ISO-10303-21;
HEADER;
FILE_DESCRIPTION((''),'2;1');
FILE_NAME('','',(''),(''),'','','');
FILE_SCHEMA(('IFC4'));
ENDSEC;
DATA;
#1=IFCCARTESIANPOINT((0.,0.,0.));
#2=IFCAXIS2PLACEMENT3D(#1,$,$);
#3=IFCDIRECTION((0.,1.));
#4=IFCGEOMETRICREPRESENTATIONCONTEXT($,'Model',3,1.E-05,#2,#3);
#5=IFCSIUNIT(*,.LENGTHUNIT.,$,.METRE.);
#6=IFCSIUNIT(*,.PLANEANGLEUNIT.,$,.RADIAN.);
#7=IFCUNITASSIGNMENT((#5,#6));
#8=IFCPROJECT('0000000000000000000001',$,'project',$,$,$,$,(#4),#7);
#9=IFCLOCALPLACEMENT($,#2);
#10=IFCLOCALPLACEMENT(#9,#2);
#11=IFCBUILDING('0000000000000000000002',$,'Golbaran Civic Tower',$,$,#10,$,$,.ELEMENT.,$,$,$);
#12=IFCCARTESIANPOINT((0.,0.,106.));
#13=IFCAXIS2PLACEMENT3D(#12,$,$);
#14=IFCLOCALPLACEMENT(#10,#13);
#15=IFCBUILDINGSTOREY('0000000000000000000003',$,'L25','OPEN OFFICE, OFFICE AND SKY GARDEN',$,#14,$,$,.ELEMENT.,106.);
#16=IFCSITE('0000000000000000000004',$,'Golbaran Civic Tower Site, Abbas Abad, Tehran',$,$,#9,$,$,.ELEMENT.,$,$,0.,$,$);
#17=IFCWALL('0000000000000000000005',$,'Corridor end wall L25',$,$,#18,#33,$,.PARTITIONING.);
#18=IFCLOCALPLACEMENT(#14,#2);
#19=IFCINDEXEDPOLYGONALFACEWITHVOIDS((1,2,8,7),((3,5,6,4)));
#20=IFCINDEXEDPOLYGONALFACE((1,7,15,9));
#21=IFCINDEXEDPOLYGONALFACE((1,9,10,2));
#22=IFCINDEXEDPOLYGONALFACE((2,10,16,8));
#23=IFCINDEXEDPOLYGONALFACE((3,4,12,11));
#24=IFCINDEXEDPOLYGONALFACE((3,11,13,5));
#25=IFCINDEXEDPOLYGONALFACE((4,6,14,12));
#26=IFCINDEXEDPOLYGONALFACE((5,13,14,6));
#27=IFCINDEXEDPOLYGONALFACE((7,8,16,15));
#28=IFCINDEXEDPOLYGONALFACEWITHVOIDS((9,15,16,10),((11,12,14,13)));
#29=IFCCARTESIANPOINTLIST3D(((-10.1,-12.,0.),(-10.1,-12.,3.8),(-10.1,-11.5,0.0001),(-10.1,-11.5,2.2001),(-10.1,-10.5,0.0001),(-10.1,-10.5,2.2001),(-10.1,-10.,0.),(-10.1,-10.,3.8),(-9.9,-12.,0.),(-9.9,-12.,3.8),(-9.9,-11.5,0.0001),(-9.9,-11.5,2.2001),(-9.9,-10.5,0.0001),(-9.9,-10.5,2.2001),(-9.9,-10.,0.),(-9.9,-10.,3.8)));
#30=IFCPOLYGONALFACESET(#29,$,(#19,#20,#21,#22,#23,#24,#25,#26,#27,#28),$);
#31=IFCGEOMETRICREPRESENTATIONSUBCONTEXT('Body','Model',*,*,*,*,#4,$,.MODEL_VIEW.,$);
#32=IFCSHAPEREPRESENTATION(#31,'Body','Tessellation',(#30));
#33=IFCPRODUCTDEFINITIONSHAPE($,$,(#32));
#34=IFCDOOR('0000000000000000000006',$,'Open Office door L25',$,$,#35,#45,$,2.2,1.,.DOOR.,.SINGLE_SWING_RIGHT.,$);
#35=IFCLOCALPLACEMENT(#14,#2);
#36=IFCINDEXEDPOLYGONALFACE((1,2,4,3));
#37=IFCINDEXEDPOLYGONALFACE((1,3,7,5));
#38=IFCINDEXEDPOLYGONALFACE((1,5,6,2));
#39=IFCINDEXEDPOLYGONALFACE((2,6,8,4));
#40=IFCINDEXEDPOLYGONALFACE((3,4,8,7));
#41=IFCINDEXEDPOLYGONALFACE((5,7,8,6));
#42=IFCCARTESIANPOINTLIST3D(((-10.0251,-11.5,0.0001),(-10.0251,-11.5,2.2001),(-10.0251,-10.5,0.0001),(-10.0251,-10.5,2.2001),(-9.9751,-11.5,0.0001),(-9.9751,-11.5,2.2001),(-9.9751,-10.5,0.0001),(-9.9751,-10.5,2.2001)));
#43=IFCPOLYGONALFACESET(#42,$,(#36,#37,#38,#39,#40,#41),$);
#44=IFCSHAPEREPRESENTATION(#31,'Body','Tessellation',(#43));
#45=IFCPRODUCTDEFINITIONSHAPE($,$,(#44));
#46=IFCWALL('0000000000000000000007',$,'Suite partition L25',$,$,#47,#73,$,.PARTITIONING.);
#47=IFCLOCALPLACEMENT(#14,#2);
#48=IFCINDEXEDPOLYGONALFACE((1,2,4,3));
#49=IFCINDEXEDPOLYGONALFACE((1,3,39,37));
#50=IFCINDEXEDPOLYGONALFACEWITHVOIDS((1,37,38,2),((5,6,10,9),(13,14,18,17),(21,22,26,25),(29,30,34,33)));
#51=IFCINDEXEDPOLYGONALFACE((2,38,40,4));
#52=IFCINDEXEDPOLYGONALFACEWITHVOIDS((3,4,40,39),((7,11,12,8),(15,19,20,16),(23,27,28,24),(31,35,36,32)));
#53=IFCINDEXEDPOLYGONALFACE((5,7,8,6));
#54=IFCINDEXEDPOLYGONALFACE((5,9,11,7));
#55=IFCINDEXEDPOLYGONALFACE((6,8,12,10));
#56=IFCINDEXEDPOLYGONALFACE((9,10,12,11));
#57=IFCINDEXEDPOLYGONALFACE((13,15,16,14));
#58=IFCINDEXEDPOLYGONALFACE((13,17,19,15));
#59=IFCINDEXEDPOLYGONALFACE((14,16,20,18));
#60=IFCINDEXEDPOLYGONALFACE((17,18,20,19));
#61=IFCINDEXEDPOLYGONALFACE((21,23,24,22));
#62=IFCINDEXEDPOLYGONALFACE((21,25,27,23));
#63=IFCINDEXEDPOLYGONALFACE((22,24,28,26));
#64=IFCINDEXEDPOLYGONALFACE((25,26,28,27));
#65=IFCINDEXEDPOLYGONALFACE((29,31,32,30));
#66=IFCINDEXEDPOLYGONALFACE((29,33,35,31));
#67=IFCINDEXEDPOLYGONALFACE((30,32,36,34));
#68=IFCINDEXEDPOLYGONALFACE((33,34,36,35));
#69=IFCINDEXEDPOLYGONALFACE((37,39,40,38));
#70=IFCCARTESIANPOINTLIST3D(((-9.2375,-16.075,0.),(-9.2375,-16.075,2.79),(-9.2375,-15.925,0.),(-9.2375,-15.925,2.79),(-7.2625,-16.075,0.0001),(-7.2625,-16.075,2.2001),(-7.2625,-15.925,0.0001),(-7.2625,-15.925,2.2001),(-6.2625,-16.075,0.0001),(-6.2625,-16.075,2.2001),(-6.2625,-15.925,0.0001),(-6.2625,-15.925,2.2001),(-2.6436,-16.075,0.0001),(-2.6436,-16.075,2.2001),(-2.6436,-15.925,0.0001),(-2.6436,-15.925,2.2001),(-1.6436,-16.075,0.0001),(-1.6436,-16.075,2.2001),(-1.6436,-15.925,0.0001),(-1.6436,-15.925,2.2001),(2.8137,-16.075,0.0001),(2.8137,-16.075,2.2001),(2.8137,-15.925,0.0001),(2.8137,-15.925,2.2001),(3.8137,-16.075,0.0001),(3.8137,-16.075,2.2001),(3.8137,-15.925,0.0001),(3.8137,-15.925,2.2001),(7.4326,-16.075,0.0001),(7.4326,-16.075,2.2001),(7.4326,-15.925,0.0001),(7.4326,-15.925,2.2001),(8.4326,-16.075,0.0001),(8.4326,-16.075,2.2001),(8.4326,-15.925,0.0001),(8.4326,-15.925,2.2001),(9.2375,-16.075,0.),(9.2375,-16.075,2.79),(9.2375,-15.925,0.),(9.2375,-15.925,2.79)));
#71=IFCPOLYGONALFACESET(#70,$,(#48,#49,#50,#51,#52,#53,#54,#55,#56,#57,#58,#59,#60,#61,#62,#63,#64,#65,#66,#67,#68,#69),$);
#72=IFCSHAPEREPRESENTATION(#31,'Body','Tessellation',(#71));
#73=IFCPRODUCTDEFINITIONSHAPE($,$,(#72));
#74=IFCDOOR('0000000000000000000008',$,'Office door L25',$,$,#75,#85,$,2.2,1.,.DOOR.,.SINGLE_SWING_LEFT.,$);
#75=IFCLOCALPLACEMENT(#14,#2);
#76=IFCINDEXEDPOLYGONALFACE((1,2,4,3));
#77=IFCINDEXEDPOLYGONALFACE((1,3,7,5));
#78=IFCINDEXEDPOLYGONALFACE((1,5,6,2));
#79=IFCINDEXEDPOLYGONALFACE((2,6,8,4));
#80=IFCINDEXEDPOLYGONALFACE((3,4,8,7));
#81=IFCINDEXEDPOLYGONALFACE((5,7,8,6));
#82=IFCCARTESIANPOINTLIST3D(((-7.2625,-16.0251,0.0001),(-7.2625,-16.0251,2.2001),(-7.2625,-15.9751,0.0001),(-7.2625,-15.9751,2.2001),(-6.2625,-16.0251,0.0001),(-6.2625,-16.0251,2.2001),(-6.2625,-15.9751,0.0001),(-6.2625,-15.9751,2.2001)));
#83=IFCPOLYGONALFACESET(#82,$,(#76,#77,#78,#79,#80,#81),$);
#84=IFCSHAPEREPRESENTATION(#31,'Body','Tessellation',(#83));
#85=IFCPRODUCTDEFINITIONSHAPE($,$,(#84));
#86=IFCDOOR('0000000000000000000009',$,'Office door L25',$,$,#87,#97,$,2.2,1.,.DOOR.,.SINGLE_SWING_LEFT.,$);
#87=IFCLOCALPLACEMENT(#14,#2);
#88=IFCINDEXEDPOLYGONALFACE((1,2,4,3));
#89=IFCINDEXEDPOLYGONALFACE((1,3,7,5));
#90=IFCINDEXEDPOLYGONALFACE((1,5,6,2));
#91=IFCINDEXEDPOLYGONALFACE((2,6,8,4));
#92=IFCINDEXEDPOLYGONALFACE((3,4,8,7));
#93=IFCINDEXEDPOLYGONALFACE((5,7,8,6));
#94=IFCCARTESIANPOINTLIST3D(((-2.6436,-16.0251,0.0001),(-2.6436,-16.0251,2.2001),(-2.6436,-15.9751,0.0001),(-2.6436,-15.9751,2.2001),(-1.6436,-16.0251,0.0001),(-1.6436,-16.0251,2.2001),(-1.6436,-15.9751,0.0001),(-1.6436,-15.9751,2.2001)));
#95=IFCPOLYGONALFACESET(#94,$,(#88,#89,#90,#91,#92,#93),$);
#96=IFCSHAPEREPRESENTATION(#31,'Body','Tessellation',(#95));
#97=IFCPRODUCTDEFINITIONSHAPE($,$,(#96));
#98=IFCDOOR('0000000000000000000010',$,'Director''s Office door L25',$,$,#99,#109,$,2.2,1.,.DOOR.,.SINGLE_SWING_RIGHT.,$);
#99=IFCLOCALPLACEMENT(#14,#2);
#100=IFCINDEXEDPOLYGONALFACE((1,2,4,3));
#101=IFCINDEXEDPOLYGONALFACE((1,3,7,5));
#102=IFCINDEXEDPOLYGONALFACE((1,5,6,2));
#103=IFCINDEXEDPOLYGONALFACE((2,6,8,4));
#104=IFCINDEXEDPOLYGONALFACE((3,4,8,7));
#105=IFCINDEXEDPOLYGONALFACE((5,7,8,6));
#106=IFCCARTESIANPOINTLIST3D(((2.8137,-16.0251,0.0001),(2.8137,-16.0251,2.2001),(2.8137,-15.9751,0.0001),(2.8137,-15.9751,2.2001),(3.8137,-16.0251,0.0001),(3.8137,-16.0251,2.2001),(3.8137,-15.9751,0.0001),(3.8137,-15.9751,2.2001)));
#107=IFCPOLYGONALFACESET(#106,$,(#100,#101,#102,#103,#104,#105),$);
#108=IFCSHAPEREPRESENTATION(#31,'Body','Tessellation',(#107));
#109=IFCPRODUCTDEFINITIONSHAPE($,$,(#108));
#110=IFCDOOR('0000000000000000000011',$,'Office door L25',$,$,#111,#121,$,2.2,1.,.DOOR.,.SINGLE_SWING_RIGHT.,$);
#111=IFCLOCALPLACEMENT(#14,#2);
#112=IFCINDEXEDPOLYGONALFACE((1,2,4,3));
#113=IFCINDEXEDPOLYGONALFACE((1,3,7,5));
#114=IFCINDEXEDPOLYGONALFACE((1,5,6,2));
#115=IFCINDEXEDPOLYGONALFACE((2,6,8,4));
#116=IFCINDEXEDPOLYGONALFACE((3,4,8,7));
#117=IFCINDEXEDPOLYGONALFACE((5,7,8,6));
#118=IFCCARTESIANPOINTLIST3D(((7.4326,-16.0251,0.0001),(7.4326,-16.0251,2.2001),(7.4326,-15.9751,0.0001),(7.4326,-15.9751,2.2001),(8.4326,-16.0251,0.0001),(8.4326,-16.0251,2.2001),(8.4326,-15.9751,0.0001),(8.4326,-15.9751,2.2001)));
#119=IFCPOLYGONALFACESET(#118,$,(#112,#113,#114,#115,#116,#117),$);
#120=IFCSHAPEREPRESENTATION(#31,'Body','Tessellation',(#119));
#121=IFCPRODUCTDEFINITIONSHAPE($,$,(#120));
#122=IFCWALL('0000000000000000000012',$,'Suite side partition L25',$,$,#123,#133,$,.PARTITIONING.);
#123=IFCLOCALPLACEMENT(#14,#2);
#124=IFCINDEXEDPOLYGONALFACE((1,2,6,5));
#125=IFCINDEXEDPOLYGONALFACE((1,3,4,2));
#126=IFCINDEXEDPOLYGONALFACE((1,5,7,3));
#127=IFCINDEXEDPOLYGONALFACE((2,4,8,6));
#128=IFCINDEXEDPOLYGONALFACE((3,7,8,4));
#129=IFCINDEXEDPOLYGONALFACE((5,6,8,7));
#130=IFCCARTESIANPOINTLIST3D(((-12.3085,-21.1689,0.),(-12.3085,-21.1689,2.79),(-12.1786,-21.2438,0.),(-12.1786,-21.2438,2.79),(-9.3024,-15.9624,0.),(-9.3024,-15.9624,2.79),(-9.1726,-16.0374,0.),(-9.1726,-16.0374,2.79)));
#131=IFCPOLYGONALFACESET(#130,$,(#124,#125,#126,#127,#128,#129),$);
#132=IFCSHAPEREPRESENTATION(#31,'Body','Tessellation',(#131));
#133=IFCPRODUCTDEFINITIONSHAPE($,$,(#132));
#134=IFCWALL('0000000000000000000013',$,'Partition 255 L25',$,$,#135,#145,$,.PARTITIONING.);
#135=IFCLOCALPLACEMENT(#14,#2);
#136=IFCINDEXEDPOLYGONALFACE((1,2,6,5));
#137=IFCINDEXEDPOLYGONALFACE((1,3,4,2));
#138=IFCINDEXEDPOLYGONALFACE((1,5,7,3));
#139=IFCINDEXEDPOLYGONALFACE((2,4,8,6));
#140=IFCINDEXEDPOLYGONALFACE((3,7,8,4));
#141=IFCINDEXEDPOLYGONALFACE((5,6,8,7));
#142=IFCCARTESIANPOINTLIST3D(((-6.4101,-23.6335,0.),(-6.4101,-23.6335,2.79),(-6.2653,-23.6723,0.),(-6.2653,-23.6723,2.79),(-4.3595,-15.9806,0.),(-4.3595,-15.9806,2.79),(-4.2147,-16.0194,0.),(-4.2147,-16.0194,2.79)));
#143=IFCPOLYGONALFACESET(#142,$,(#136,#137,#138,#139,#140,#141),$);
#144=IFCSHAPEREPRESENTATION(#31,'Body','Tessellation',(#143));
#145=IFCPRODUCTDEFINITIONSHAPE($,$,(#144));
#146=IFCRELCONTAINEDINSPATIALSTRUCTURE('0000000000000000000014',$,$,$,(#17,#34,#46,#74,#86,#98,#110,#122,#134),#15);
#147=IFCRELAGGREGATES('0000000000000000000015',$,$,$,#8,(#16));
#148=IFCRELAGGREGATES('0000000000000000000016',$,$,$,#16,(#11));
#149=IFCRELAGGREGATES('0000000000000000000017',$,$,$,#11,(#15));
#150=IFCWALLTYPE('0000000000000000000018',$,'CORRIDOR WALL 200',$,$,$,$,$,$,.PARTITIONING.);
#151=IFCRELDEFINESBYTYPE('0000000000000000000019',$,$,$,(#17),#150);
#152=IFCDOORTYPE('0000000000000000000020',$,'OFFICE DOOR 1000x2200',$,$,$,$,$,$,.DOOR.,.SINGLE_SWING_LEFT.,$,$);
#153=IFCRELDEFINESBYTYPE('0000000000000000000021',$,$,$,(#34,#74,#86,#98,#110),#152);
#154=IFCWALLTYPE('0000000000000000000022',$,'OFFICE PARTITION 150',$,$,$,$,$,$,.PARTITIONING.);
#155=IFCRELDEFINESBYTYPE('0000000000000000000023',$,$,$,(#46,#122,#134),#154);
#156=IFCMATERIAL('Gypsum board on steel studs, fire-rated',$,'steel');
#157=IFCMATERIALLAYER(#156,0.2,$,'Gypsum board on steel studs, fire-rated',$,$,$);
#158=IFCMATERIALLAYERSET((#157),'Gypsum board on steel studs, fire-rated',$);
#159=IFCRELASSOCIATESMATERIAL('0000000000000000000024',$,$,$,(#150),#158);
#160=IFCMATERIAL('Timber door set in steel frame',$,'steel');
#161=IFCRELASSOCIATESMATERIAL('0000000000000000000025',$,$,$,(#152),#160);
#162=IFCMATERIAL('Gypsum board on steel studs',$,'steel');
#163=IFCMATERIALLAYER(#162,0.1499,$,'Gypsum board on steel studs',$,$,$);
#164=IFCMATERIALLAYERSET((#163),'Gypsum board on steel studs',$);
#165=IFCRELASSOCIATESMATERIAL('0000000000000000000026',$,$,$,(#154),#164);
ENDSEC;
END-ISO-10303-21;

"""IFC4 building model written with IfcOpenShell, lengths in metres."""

from ifc_helpers import new_model, si_unit, direction, frame, frame_2d, origin, place, context, subcontext, project, spatial, rectangle, extrude, material, layer, layer_set, type_object, element, fill, save


model = new_model("IFC4")

# Units and contexts
model_context = context("Model", 3, precision=1e-05, world=origin(), true_north=direction((0.0, 1.0)))
body_context = subcontext(model_context, "Body", "Model", "MODEL_VIEW")
ifc_project = project(units=[si_unit("LENGTHUNIT", "METRE"), si_unit("PLANEANGLEUNIT", "RADIAN")], contexts=[model_context])

# Site, building, storey
site_placement = place(None, origin())
site = spatial("IfcSite", under=ifc_project, at=site_placement, Name="Golbaran Civic Tower Site, Abbas Abad, Tehran", CompositionType="ELEMENT", RefElevation=0.0)
building_placement = place(site_placement, origin())
building = spatial("IfcBuilding", under=site, at=building_placement, Name="Golbaran Civic Tower", CompositionType="ELEMENT")
storey_placement = place(building_placement, frame((0.0, 0.0, 106.0)))
storey = spatial("IfcBuildingStorey", under=building, at=storey_placement, Name="L25", Description="OPEN OFFICE, OFFICE AND SKY GARDEN", CompositionType="ELEMENT", Elevation=106.0)

# Shared definitions
ifc_material_1 = material(Name="Timber door set in steel frame", Category="steel")

# Shared definitions
ifc_material_2 = material(Name="Gypsum board on steel studs, fire-rated", Category="steel")
ifc_layer_1 = layer(ifc_material_2, 0.2, Name="Gypsum board on steel studs, fire-rated")
ifc_layer_set_1 = layer_set([ifc_layer_1], Name="Gypsum board on steel studs, fire-rated")
wall_type_1 = type_object("IfcWallType", Name="CORRIDOR WALL 200", PredefinedType="PARTITIONING", material=ifc_layer_set_1)

# Wall, opening, door
wall_1_placement = place(storey_placement, frame((-10.0, -10.0, 0.0), z_axis=(0.0, 0.0, 1.0), x_axis=(0.0, -1.0, 0.0)))
wall_1 = element("IfcWall", 1, at=wall_1_placement, inside=storey, type_object=wall_type_1, Name="Corridor end wall L25", PredefinedType="PARTITIONING", context=body_context, shape_type="SweptSolid", body=[
    extrude(rectangle(XDim=2.0, YDim=0.2, at=frame_2d((1.0, 0.0))), origin(), (0.0, 0.0, 1.0), 3.8),
])
opening_1_placement = place(wall_1_placement, frame((0.5, 0.0, 0.0)))
opening_1 = element("IfcOpeningElement", 2, at=opening_1_placement, cuts=wall_1, PredefinedType="OPENING", context=body_context, shape_type="SweptSolid", body=[
    extrude(rectangle(XDim=1.0, YDim=2.2, at=frame_2d((0.5, 1.1001))), frame((0.0, 0.1099, 0.0), z_axis=(0.0, -1.0, 0.0), x_axis=(1.0, 0.0, 0.0)), (0.0, 0.0, 1.0), 0.22),
])
door_type_1 = type_object("IfcDoorType", Name="OFFICE DOOR 1000x2200", OperationType="SINGLE_SWING_LEFT", PredefinedType="DOOR", material=ifc_material_1)
door_1_placement = place(opening_1_placement, origin())
door_1 = element("IfcDoor", 3, at=door_1_placement, inside=storey, type_object=door_type_1, Name="Open Office door L25", OperationType="SINGLE_SWING_RIGHT", OverallHeight=2.2, OverallWidth=1.0, PredefinedType="DOOR", context=body_context, shape_type="SweptSolid", body=[
    extrude(rectangle(XDim=1.0, YDim=2.2, at=frame_2d((0.5, 1.1001))), frame((0.0, 0.0249, 0.0), z_axis=(0.0, -1.0, 0.0), x_axis=(1.0, 0.0, 0.0)), (0.0, 0.0, 1.0), 0.05),
])
fill(opening_1, door_1)

# Wall, openings, doors
ifc_material_3 = material(Name="Gypsum board on steel studs", Category="steel")
ifc_layer_2 = layer(ifc_material_3, 0.1499, Name="Gypsum board on steel studs")
ifc_layer_set_2 = layer_set([ifc_layer_2], Name="Gypsum board on steel studs")
wall_type_2 = type_object("IfcWallType", Name="OFFICE PARTITION 150", PredefinedType="PARTITIONING", material=ifc_layer_set_2)
wall_2_placement = place(storey_placement, frame((-9.2375, -16.0, 0.0), z_axis=(0.0, 0.0, 1.0), x_axis=(1.0, 0.0, 0.0)))
wall_2 = element("IfcWall", 4, at=wall_2_placement, inside=storey, type_object=wall_type_2, Name="Suite partition L25", PredefinedType="PARTITIONING", context=body_context, shape_type="SweptSolid", body=[
    extrude(rectangle(XDim=18.4751, YDim=0.1499, at=frame_2d((9.2375, 0.0))), origin(), (0.0, 0.0, 1.0), 2.79),
])
opening_2_placement = place(wall_2_placement, frame((1.9751, 0.0, 0.0)))
opening_2 = element("IfcOpeningElement", 5, at=opening_2_placement, cuts=wall_2, PredefinedType="OPENING", context=body_context, shape_type="SweptSolid", body=[
    extrude(rectangle(XDim=1.0, YDim=2.2, at=frame_2d((0.5, 1.1001))), frame((0.0, 0.085, 0.0), z_axis=(0.0, -1.0, 0.0), x_axis=(1.0, 0.0, 0.0)), (0.0, 0.0, 1.0), 0.1699),
])
opening_3_placement = place(wall_2_placement, frame((6.594, 0.0, 0.0)))
opening_3 = element("IfcOpeningElement", 6, at=opening_3_placement, cuts=wall_2, PredefinedType="OPENING", context=body_context, shape_type="SweptSolid", body=[
    extrude(rectangle(XDim=1.0, YDim=2.2, at=frame_2d((0.5, 1.1001))), frame((0.0, 0.085, 0.0), z_axis=(0.0, -1.0, 0.0), x_axis=(1.0, 0.0, 0.0)), (0.0, 0.0, 1.0), 0.1699),
])
opening_4_placement = place(wall_2_placement, frame((12.0513, 0.0, 0.0)))
opening_4 = element("IfcOpeningElement", 7, at=opening_4_placement, cuts=wall_2, PredefinedType="OPENING", context=body_context, shape_type="SweptSolid", body=[
    extrude(rectangle(XDim=1.0, YDim=2.2, at=frame_2d((0.5, 1.1001))), frame((0.0, 0.085, 0.0), z_axis=(0.0, -1.0, 0.0), x_axis=(1.0, 0.0, 0.0)), (0.0, 0.0, 1.0), 0.1699),
])
opening_5_placement = place(wall_2_placement, frame((16.6702, 0.0, 0.0)))
opening_5 = element("IfcOpeningElement", 8, at=opening_5_placement, cuts=wall_2, PredefinedType="OPENING", context=body_context, shape_type="SweptSolid", body=[
    extrude(rectangle(XDim=1.0, YDim=2.2, at=frame_2d((0.5, 1.1001))), frame((0.0, 0.085, 0.0), z_axis=(0.0, -1.0, 0.0), x_axis=(1.0, 0.0, 0.0)), (0.0, 0.0, 1.0), 0.1699),
])
door_2_placement = place(opening_2_placement, origin())
door_2 = element("IfcDoor", 9, at=door_2_placement, inside=storey, type_object=door_type_1, Name="Office door L25", OperationType="SINGLE_SWING_LEFT", OverallHeight=2.2, OverallWidth=1.0, PredefinedType="DOOR", context=body_context, shape_type="SweptSolid", body=[
    extrude(rectangle(XDim=1.0, YDim=2.2, at=frame_2d((0.5, 1.1001))), frame((0.0, 0.0249, 0.0), z_axis=(0.0, -1.0, 0.0), x_axis=(1.0, 0.0, 0.0)), (0.0, 0.0, 1.0), 0.05),
])
fill(opening_2, door_2)
door_3_placement = place(opening_3_placement, origin())
door_3 = element("IfcDoor", 10, at=door_3_placement, inside=storey, type_object=door_type_1, Name="Office door L25", OperationType="SINGLE_SWING_LEFT", OverallHeight=2.2, OverallWidth=1.0, PredefinedType="DOOR", context=body_context, shape_type="SweptSolid", body=[
    extrude(rectangle(XDim=1.0, YDim=2.2, at=frame_2d((0.5, 1.1001))), frame((0.0, 0.0249, 0.0), z_axis=(0.0, -1.0, 0.0), x_axis=(1.0, 0.0, 0.0)), (0.0, 0.0, 1.0), 0.05),
])
fill(opening_3, door_3)
door_4_placement = place(opening_4_placement, origin())
door_4 = element("IfcDoor", 11, at=door_4_placement, inside=storey, type_object=door_type_1, Name="Director's Office door L25", OperationType="SINGLE_SWING_RIGHT", OverallHeight=2.2, OverallWidth=1.0, PredefinedType="DOOR", context=body_context, shape_type="SweptSolid", body=[
    extrude(rectangle(XDim=1.0, YDim=2.2, at=frame_2d((0.5, 1.1001))), frame((0.0, 0.0249, 0.0), z_axis=(0.0, -1.0, 0.0), x_axis=(1.0, 0.0, 0.0)), (0.0, 0.0, 1.0), 0.05),
])
fill(opening_4, door_4)
door_5_placement = place(opening_5_placement, origin())
door_5 = element("IfcDoor", 12, at=door_5_placement, inside=storey, type_object=door_type_1, Name="Office door L25", OperationType="SINGLE_SWING_RIGHT", OverallHeight=2.2, OverallWidth=1.0, PredefinedType="DOOR", context=body_context, shape_type="SweptSolid", body=[
    extrude(rectangle(XDim=1.0, YDim=2.2, at=frame_2d((0.5, 1.1001))), frame((0.0, 0.0249, 0.0), z_axis=(0.0, -1.0, 0.0), x_axis=(1.0, 0.0, 0.0)), (0.0, 0.0, 1.0), 0.05),
])
fill(opening_5, door_5)

# Walls
wall_3_placement = place(storey_placement, frame((-9.2375, -16.0, 0.0), z_axis=(0.0, 0.0, 1.0), x_axis=(-0.500013, -0.866018, 0.0)))
element("IfcWall", 13, at=wall_3_placement, inside=storey, type_object=wall_type_2, Name="Suite side partition L25", PredefinedType="PARTITIONING", context=body_context, shape_type="SweptSolid", body=[
    extrude(rectangle(XDim=6.012, YDim=0.1499, at=frame_2d((3.0059, 0.0))), origin(), (0.0, 0.0, 1.0), 2.79),
])
wall_4_placement = place(storey_placement, frame((-4.2871, -16.0, 0.0), z_axis=(0.0, 0.0, 1.0), x_axis=(-0.258815, -0.965927, 0.0)))
element("IfcWall", 14, at=wall_4_placement, inside=storey, type_object=wall_type_2, Name="Partition 255 L25", PredefinedType="PARTITIONING", context=body_context, shape_type="SweptSolid", body=[
    extrude(rectangle(XDim=7.9229, YDim=0.1499, at=frame_2d((3.9614, 0.0))), origin(), (0.0, 0.0, 1.0), 2.79),
])

save(model, "model.ifc")
